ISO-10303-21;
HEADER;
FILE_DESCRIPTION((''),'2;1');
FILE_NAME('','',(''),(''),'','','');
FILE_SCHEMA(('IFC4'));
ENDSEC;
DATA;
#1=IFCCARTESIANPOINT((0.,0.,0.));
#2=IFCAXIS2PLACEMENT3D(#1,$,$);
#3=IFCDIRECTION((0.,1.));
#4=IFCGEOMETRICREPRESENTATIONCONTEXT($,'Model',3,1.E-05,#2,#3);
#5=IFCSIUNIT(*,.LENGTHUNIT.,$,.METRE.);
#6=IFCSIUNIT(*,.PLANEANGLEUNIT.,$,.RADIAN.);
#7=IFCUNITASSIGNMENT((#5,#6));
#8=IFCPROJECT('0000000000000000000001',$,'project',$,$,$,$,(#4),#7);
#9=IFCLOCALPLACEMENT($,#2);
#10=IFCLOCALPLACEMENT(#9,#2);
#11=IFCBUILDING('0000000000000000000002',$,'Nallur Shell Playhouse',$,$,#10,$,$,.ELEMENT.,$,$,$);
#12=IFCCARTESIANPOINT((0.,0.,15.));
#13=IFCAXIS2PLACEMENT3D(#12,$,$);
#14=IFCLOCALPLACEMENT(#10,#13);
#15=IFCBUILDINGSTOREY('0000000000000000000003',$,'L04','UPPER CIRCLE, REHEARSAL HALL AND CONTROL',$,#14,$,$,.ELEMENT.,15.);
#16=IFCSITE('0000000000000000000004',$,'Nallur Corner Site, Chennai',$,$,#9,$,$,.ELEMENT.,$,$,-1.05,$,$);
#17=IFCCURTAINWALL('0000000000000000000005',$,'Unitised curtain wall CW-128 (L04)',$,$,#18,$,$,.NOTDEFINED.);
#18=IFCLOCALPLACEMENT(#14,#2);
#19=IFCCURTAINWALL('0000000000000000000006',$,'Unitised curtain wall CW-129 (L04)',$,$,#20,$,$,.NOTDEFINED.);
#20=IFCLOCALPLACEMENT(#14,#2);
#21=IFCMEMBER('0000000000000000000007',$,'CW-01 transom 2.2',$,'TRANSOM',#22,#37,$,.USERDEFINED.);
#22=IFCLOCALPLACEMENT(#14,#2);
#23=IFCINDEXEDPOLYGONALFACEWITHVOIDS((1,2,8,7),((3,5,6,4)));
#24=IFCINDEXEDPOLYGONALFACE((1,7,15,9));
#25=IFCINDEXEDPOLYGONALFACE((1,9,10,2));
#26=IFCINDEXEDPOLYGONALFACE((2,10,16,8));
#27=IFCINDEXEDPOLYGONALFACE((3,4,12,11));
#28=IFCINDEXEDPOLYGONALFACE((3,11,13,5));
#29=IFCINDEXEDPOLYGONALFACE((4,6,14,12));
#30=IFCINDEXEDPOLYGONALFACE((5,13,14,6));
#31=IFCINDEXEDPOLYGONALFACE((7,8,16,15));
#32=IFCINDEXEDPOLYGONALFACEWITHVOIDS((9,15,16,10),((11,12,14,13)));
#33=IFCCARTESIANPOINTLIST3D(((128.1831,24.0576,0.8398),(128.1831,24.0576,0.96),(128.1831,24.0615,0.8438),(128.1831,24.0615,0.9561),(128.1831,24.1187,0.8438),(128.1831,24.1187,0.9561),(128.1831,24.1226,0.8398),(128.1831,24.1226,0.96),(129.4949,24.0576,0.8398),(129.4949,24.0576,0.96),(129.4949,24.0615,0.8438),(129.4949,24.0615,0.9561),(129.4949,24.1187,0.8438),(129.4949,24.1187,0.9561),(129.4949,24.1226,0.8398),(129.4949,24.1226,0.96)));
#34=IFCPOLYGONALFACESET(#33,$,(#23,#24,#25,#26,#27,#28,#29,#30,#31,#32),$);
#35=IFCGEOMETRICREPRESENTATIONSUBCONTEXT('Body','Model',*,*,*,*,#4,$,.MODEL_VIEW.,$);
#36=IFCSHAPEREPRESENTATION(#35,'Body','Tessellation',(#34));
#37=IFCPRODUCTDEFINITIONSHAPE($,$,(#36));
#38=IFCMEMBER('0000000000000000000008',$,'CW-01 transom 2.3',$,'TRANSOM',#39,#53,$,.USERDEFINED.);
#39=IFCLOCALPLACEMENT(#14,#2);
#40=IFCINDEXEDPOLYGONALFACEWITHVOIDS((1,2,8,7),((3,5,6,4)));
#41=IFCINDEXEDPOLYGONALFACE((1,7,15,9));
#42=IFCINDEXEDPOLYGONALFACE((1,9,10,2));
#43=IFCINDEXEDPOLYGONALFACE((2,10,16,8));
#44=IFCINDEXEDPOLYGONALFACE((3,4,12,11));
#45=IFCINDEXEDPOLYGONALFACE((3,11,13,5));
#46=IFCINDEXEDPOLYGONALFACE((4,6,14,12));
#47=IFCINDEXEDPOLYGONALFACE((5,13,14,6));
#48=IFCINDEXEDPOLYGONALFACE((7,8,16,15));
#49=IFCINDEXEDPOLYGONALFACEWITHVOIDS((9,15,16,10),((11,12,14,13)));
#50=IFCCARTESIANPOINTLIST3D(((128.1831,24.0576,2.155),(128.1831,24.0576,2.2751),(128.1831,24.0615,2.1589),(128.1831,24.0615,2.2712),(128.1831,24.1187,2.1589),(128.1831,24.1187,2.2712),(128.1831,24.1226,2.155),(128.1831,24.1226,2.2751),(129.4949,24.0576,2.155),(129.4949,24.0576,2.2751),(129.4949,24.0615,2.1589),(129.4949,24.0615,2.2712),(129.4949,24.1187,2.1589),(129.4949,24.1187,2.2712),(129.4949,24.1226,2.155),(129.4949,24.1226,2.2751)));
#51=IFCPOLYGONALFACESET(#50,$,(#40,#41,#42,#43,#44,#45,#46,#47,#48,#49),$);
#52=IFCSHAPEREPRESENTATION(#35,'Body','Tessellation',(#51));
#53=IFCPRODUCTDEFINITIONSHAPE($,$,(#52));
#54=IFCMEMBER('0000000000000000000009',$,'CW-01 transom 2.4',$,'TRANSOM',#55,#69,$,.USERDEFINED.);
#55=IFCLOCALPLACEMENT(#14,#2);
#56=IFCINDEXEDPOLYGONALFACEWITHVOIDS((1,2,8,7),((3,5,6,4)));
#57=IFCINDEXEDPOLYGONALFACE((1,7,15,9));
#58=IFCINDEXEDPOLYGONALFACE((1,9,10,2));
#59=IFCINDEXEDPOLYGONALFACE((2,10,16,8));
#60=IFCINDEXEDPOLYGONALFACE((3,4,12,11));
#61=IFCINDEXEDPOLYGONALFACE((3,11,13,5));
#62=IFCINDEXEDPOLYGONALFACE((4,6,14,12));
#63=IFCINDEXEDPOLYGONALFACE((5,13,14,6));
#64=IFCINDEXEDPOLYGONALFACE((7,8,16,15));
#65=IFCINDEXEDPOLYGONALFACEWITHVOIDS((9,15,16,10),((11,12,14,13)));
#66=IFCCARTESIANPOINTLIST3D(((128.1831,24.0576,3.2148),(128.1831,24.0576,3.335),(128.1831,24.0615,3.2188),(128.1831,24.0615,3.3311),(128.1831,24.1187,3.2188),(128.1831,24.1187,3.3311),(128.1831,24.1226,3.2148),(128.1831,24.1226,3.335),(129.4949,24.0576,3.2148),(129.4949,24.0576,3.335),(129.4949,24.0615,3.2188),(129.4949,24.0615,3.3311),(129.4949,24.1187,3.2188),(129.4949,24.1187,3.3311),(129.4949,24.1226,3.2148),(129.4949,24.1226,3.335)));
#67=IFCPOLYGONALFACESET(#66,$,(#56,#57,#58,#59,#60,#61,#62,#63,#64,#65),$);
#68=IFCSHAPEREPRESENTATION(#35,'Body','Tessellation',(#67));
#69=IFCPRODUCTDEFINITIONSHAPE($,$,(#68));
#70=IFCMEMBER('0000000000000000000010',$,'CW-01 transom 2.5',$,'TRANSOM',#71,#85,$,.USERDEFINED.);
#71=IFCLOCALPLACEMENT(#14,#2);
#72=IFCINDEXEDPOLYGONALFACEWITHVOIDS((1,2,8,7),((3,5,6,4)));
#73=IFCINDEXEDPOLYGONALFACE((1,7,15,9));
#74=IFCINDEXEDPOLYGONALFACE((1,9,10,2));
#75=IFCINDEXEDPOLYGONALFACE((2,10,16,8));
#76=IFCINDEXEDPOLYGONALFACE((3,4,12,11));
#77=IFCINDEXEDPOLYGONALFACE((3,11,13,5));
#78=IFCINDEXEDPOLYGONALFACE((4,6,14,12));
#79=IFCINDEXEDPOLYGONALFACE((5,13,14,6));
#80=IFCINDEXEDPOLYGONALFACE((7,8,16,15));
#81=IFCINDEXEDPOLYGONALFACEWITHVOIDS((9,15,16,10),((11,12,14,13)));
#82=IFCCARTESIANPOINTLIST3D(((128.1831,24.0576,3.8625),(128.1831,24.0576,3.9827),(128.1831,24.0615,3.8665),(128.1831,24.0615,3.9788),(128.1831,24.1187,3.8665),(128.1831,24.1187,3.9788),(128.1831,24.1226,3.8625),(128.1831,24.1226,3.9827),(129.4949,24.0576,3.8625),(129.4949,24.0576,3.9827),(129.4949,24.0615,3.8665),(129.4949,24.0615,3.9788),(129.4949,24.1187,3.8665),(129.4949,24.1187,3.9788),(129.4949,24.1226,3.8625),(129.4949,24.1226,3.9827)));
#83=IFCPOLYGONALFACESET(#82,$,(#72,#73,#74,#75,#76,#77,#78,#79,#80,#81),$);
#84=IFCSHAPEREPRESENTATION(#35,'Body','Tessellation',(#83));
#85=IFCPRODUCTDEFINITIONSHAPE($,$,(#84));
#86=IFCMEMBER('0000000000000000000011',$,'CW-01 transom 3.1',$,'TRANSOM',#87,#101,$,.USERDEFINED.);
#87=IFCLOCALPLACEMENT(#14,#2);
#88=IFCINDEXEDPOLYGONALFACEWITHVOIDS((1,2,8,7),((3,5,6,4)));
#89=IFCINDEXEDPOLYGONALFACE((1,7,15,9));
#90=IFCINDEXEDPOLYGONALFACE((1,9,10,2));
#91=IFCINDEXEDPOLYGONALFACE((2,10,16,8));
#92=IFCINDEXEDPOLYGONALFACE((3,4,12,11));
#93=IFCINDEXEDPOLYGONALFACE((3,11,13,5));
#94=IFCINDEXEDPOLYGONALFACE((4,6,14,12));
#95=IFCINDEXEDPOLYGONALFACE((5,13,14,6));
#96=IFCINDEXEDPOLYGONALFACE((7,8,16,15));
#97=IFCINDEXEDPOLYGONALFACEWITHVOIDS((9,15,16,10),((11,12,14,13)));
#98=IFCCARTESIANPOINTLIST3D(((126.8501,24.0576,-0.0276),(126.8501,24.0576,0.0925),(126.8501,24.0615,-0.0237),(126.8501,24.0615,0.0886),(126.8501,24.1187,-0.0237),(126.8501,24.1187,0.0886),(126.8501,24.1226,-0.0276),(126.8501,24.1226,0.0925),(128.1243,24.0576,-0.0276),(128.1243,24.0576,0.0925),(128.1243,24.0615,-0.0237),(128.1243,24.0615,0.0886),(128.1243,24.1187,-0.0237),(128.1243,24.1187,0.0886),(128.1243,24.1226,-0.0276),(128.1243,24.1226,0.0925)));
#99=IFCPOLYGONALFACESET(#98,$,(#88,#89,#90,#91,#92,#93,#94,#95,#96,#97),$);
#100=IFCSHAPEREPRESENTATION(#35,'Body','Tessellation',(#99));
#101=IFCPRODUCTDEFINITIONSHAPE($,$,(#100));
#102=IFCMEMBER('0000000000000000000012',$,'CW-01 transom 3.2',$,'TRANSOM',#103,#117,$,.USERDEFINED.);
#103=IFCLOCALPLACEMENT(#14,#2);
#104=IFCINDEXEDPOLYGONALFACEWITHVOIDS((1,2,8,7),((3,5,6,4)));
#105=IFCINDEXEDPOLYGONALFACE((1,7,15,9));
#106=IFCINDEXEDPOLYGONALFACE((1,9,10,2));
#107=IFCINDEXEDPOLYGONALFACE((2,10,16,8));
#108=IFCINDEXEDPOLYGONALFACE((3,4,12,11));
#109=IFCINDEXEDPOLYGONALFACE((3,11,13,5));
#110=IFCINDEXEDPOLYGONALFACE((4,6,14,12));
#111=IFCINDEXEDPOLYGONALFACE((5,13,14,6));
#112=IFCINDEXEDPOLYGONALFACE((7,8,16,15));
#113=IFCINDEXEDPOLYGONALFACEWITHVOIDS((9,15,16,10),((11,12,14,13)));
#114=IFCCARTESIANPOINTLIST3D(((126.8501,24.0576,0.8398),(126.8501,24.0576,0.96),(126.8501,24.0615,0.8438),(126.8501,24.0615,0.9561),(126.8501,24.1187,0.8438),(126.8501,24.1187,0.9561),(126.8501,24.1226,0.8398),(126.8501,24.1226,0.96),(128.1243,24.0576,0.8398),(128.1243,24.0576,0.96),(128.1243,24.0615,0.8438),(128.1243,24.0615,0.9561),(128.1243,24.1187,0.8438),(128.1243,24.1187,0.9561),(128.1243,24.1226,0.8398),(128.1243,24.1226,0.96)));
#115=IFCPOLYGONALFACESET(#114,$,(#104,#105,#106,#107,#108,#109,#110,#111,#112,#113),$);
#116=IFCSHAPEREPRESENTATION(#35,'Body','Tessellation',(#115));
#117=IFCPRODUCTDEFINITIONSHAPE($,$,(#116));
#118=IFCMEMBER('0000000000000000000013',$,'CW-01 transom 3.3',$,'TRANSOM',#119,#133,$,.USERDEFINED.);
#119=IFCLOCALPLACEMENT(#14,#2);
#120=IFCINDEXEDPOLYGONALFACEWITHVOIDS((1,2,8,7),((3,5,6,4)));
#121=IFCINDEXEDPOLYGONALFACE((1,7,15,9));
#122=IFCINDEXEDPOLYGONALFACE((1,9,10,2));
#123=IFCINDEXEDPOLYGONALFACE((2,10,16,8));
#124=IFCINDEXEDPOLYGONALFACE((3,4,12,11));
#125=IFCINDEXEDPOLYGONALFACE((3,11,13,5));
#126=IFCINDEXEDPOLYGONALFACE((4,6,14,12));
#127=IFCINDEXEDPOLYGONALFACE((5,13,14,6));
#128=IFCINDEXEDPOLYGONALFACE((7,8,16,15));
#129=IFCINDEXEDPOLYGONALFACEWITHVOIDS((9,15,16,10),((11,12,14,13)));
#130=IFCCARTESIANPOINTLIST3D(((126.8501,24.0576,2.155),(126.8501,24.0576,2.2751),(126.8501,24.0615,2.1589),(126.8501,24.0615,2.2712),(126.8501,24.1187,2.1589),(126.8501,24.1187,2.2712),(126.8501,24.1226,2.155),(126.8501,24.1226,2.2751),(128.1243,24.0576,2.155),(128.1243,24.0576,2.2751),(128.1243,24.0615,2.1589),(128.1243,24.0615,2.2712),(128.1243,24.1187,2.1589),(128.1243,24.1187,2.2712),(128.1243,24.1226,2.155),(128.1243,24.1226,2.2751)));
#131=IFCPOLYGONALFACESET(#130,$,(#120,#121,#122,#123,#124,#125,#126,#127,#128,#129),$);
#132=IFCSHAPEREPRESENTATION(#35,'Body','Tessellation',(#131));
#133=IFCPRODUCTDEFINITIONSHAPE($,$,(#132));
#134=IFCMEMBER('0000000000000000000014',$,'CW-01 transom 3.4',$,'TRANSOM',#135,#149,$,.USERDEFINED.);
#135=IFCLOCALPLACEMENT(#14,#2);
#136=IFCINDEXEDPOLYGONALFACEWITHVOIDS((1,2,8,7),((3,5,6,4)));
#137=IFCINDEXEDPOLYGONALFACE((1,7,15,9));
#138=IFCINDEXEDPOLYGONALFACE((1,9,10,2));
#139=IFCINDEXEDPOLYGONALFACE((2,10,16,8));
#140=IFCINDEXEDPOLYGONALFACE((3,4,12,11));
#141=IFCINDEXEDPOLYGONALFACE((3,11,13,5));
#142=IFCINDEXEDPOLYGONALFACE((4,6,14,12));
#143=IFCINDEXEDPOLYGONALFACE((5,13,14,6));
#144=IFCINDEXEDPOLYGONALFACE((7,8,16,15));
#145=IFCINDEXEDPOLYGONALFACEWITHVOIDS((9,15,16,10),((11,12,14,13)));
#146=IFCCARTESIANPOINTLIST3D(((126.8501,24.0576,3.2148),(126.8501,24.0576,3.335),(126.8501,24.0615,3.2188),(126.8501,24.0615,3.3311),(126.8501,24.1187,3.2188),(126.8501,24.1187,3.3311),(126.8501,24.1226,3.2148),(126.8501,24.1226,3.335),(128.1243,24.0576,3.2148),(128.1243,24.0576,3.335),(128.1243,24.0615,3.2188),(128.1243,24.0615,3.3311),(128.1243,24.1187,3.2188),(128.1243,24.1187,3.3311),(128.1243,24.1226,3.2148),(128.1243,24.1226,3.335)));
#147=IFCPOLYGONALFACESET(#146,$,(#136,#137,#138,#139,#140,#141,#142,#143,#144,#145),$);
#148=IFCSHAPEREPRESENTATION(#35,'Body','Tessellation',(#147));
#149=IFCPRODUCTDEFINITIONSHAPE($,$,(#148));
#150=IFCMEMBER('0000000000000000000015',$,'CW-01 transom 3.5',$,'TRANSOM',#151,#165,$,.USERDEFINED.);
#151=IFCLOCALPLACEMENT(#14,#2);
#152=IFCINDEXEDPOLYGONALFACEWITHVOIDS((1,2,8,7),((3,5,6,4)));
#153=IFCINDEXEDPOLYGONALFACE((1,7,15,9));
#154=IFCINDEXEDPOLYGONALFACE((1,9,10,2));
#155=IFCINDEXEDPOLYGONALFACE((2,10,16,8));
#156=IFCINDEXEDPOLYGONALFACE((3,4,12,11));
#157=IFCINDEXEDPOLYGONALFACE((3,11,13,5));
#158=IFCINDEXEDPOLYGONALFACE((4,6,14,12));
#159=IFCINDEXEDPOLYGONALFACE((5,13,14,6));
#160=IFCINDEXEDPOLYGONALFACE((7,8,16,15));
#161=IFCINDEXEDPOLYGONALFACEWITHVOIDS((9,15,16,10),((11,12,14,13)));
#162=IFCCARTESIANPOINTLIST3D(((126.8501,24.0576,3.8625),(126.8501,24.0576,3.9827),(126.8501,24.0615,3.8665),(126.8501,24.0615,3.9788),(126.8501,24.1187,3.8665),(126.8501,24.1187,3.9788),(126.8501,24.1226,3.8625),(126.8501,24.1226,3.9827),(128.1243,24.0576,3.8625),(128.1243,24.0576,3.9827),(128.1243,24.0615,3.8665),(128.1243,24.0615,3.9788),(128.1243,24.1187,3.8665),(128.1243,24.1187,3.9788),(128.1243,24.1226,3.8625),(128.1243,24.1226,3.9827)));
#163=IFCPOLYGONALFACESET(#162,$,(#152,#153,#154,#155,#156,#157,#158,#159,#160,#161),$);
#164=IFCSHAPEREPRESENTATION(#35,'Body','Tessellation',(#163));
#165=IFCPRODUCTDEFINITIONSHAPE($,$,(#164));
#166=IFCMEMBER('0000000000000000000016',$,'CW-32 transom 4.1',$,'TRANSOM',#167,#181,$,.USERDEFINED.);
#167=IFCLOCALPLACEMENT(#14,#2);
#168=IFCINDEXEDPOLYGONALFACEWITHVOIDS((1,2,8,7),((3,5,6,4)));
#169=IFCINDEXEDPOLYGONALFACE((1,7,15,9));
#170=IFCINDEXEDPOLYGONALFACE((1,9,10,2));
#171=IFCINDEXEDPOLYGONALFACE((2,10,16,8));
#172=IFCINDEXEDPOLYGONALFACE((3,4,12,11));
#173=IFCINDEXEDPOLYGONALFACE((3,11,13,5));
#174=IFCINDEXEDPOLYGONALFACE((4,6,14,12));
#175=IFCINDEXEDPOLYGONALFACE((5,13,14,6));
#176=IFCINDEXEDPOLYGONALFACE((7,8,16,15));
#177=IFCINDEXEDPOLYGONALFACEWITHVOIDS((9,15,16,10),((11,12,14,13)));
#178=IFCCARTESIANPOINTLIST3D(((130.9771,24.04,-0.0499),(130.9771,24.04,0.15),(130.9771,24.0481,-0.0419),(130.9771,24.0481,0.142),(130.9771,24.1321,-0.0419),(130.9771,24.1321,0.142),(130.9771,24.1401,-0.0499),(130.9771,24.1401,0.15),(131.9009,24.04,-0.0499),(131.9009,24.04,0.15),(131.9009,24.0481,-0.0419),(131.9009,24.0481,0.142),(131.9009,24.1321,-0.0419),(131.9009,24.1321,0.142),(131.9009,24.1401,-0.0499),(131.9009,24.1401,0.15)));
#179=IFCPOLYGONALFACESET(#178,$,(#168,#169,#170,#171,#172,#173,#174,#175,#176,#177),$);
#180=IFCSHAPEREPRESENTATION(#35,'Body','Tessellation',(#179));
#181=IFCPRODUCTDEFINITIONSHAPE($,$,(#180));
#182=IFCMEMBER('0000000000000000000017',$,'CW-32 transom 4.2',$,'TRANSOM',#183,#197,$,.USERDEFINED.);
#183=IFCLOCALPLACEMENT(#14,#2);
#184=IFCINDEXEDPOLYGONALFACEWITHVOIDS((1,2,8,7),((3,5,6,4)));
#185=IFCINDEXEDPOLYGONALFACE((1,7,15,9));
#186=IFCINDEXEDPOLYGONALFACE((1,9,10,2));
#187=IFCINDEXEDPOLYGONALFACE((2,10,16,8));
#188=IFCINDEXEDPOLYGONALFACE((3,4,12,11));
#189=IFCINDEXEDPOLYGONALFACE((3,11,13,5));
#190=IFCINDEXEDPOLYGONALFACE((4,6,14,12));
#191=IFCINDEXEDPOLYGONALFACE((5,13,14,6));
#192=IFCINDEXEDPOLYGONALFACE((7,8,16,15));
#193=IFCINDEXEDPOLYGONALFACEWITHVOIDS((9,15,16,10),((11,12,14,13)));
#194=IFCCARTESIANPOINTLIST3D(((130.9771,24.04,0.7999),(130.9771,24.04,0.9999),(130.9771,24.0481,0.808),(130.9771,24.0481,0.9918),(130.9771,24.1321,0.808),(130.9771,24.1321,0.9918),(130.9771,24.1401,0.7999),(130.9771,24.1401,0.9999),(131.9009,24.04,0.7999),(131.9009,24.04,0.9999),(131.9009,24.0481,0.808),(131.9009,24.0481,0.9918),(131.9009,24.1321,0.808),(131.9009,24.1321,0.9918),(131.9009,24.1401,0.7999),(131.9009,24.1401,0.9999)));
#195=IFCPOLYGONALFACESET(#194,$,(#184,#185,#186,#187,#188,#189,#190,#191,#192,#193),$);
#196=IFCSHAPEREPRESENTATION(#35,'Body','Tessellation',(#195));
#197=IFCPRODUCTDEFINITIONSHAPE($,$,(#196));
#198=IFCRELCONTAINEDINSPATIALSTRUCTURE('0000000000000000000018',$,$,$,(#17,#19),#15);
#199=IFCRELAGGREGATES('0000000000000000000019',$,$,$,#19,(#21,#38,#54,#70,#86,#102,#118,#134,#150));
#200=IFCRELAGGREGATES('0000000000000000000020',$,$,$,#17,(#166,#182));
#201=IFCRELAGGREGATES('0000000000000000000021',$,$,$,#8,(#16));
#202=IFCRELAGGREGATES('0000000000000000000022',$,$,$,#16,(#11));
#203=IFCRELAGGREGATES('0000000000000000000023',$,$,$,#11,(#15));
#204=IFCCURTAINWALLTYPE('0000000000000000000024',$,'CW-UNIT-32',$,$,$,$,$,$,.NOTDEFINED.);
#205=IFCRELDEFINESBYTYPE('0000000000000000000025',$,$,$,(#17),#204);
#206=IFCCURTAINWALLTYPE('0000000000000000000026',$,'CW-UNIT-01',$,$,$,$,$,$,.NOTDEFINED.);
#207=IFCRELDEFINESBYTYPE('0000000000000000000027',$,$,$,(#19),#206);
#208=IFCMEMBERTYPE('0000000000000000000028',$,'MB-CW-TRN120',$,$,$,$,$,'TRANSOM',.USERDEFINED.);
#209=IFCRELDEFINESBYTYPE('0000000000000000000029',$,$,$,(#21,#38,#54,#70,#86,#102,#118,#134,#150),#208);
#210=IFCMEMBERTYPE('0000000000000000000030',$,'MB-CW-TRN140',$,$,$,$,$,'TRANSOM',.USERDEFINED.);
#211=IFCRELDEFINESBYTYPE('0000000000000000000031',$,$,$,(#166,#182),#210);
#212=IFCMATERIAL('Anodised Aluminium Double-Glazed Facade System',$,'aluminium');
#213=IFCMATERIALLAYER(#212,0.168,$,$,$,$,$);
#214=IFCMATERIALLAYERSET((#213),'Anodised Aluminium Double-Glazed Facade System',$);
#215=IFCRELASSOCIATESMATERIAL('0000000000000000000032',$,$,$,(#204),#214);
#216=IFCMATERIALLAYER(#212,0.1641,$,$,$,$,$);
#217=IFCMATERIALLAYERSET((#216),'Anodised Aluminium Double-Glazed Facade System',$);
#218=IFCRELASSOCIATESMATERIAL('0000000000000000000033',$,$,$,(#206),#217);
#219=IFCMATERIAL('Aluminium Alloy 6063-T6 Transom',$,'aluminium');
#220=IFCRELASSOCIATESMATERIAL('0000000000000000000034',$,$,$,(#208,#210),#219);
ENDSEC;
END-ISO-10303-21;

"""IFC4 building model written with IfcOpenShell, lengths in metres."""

from ifc_helpers import new_model, si_unit, direction, frame, origin, origin_2d, place, context, subcontext, project, spatial, hollow_rectangle, extrude, material, layer, layer_set, material_profile, profile_set, type_object, element, aggregate, save


model = new_model("IFC4")

# Units and contexts
model_context = context("Model", 3, precision=1e-05, world=origin(), true_north=direction((0.0, 1.0)))
body_context = subcontext(model_context, "Body", "Model", "MODEL_VIEW")
ifc_project = project(units=[si_unit("LENGTHUNIT", "METRE"), si_unit("PLANEANGLEUNIT", "RADIAN")], contexts=[model_context])

# Site, building, storey
site_placement = place(None, origin())
site = spatial("IfcSite", under=ifc_project, at=site_placement, Name="Nallur Corner Site, Chennai", CompositionType="ELEMENT", RefElevation=-1.05)
building_placement = place(site_placement, origin())
building = spatial("IfcBuilding", under=site, at=building_placement, Name="Nallur Shell Playhouse", CompositionType="ELEMENT")
storey_placement = place(building_placement, frame((0.0, 0.0, 15.0)))
storey = spatial("IfcBuildingStorey", under=building, at=storey_placement, Name="L04", Description="UPPER CIRCLE, REHEARSAL HALL AND CONTROL", CompositionType="ELEMENT", Elevation=15.0)

# Curtain wall
ifc_material_1 = material(Name="Anodised Aluminium Double-Glazed Facade System", Category="aluminium")
ifc_layer_1 = layer(ifc_material_1, 0.168)
ifc_layer_set_1 = layer_set([ifc_layer_1], Name="Anodised Aluminium Double-Glazed Facade System")
curtain_wall_type_1 = type_object("IfcCurtainWallType", Name="CW-UNIT-32", PredefinedType="NOTDEFINED", material=ifc_layer_set_1)
curtain_wall_1_placement = place(storey_placement, origin())
curtain_wall_1 = element("IfcCurtainWall", 1, at=curtain_wall_1_placement, inside=storey, type_object=curtain_wall_type_1, Name="Unitised curtain wall CW-128 (L04)", PredefinedType="NOTDEFINED")

# Curtain wall, members
ifc_layer_2 = layer(ifc_material_1, 0.1641)
ifc_layer_set_2 = layer_set([ifc_layer_2], Name="Anodised Aluminium Double-Glazed Facade System")
curtain_wall_type_2 = type_object("IfcCurtainWallType", Name="CW-UNIT-01", PredefinedType="NOTDEFINED", material=ifc_layer_set_2)
curtain_wall_2_placement = place(storey_placement, origin())
curtain_wall_2 = element("IfcCurtainWall", 2, at=curtain_wall_2_placement, inside=storey, type_object=curtain_wall_type_2, Name="Unitised curtain wall CW-129 (L04)", PredefinedType="NOTDEFINED")
ifc_material_2 = material(Name="Aluminium Alloy 6063-T6 Transom", Category="aluminium")
ifc_material_profile_1 = material_profile(ifc_material_2, hollow_rectangle(XDim=0.0649, YDim=0.1201, WallThickness=0.0039, at=origin_2d()), Name="ALU 65x120x4")
ifc_profile_set_1 = profile_set([ifc_material_profile_1], Name="Aluminium Alloy 6063-T6 Transom")
member_type_1 = type_object("IfcMemberType", Name="MB-CW-TRN120", ElementType="TRANSOM", PredefinedType="USERDEFINED", material=ifc_profile_set_1)
member_1_placement = place(storey_placement, frame((129.4949, 24.0901, 0.8999), z_axis=(-1.0, 0.0, 0.0), x_axis=(0.0, -1.0, 0.0)))
member_1 = element("IfcMember", 3, at=member_1_placement, type_object=member_type_1, Name="CW-01 transom 2.2", ObjectType="TRANSOM", PredefinedType="USERDEFINED", context=body_context, shape_type="SweptSolid", body=[
    extrude(hollow_rectangle(XDim=0.0649, YDim=0.1201, WallThickness=0.0039, at=origin_2d()), origin(), (0.0, 0.0, 1.0), 1.3118),
])
member_2_placement = place(storey_placement, frame((129.4949, 24.0901, 2.2151), z_axis=(-1.0, 0.0, 0.0), x_axis=(0.0, -1.0, 0.0)))
member_2 = element("IfcMember", 4, at=member_2_placement, type_object=member_type_1, Name="CW-01 transom 2.3", ObjectType="TRANSOM", PredefinedType="USERDEFINED", context=body_context, shape_type="SweptSolid", body=[
    extrude(hollow_rectangle(XDim=0.0649, YDim=0.1201, WallThickness=0.0039, at=origin_2d()), origin(), (0.0, 0.0, 1.0), 1.3118),
])
member_3_placement = place(storey_placement, frame((129.4949, 24.0901, 3.2749), z_axis=(-1.0, 0.0, 0.0), x_axis=(0.0, -1.0, 0.0)))
member_3 = element("IfcMember", 5, at=member_3_placement, type_object=member_type_1, Name="CW-01 transom 2.4", ObjectType="TRANSOM", PredefinedType="USERDEFINED", context=body_context, shape_type="SweptSolid", body=[
    extrude(hollow_rectangle(XDim=0.0649, YDim=0.1201, WallThickness=0.0039, at=origin_2d()), origin(), (0.0, 0.0, 1.0), 1.3118),
])
member_4_placement = place(storey_placement, frame((129.4949, 24.0901, 3.9226), z_axis=(-1.0, 0.0, 0.0), x_axis=(0.0, -1.0, 0.0)))
member_4 = element("IfcMember", 6, at=member_4_placement, type_object=member_type_1, Name="CW-01 transom 2.5", ObjectType="TRANSOM", PredefinedType="USERDEFINED", context=body_context, shape_type="SweptSolid", body=[
    extrude(hollow_rectangle(XDim=0.0649, YDim=0.1201, WallThickness=0.0039, at=origin_2d()), origin(), (0.0, 0.0, 1.0), 1.3118),
])
member_5_placement = place(storey_placement, frame((128.1243, 24.0901, 0.0325), z_axis=(-1.0, 0.0, 0.0), x_axis=(0.0, -1.0, 0.0)))
member_5 = element("IfcMember", 7, at=member_5_placement, type_object=member_type_1, Name="CW-01 transom 3.1", ObjectType="TRANSOM", PredefinedType="USERDEFINED", context=body_context, shape_type="SweptSolid", body=[
    extrude(hollow_rectangle(XDim=0.0649, YDim=0.1201, WallThickness=0.0039, at=origin_2d()), origin(), (0.0, 0.0, 1.0), 1.2742),
])
member_6_placement = place(storey_placement, frame((128.1243, 24.0901, 0.8999), z_axis=(-1.0, 0.0, 0.0), x_axis=(0.0, -1.0, 0.0)))
member_6 = element("IfcMember", 8, at=member_6_placement, type_object=member_type_1, Name="CW-01 transom 3.2", ObjectType="TRANSOM", PredefinedType="USERDEFINED", context=body_context, shape_type="SweptSolid", body=[
    extrude(hollow_rectangle(XDim=0.0649, YDim=0.1201, WallThickness=0.0039, at=origin_2d()), origin(), (0.0, 0.0, 1.0), 1.2742),
])
member_7_placement = place(storey_placement, frame((128.1243, 24.0901, 2.2151), z_axis=(-1.0, 0.0, 0.0), x_axis=(0.0, -1.0, 0.0)))
member_7 = element("IfcMember", 9, at=member_7_placement, type_object=member_type_1, Name="CW-01 transom 3.3", ObjectType="TRANSOM", PredefinedType="USERDEFINED", context=body_context, shape_type="SweptSolid", body=[
    extrude(hollow_rectangle(XDim=0.0649, YDim=0.1201, WallThickness=0.0039, at=origin_2d()), origin(), (0.0, 0.0, 1.0), 1.2742),
])
member_8_placement = place(storey_placement, frame((128.1243, 24.0901, 3.2749), z_axis=(-1.0, 0.0, 0.0), x_axis=(0.0, -1.0, 0.0)))
member_8 = element("IfcMember", 10, at=member_8_placement, type_object=member_type_1, Name="CW-01 transom 3.4", ObjectType="TRANSOM", PredefinedType="USERDEFINED", context=body_context, shape_type="SweptSolid", body=[
    extrude(hollow_rectangle(XDim=0.0649, YDim=0.1201, WallThickness=0.0039, at=origin_2d()), origin(), (0.0, 0.0, 1.0), 1.2742),
])
member_9_placement = place(storey_placement, frame((128.1243, 24.0901, 3.9226), z_axis=(-1.0, 0.0, 0.0), x_axis=(0.0, -1.0, 0.0)))
member_9 = element("IfcMember", 11, at=member_9_placement, type_object=member_type_1, Name="CW-01 transom 3.5", ObjectType="TRANSOM", PredefinedType="USERDEFINED", context=body_context, shape_type="SweptSolid", body=[
    extrude(hollow_rectangle(XDim=0.0649, YDim=0.1201, WallThickness=0.0039, at=origin_2d()), origin(), (0.0, 0.0, 1.0), 1.2742),
])

# Members
ifc_material_profile_2 = material_profile(ifc_material_2, hollow_rectangle(XDim=0.1001, YDim=0.2, WallThickness=0.0081, at=origin_2d()), Name="RHS 200x100x8")
ifc_profile_set_2 = profile_set([ifc_material_profile_2], Name="Aluminium Alloy 6063-T6 Transom")
member_type_2 = type_object("IfcMemberType", Name="MB-CW-TRN140", ElementType="TRANSOM", PredefinedType="USERDEFINED", material=ifc_profile_set_2)
member_10_placement = place(storey_placement, frame((131.9009, 24.0901, 0.05), z_axis=(-1.0, 0.0, 0.0), x_axis=(0.0, -1.0, 0.0)))
member_10 = element("IfcMember", 12, at=member_10_placement, type_object=member_type_2, Name="CW-32 transom 4.1", ObjectType="TRANSOM", PredefinedType="USERDEFINED", context=body_context, shape_type="SweptSolid", body=[
    extrude(hollow_rectangle(XDim=0.1001, YDim=0.2, WallThickness=0.0081, at=origin_2d()), origin(), (0.0, 0.0, 1.0), 0.9238),
])
member_11_placement = place(storey_placement, frame((131.9009, 24.0901, 0.8999), z_axis=(-1.0, 0.0, 0.0), x_axis=(0.0, -1.0, 0.0)))
member_11 = element("IfcMember", 13, at=member_11_placement, type_object=member_type_2, Name="CW-32 transom 4.2", ObjectType="TRANSOM", PredefinedType="USERDEFINED", context=body_context, shape_type="SweptSolid", body=[
    extrude(hollow_rectangle(XDim=0.1001, YDim=0.2, WallThickness=0.0081, at=origin_2d()), origin(), (0.0, 0.0, 1.0), 0.9238),
])

aggregate(curtain_wall_2, [member_1, member_2, member_3, member_4, member_5, member_6, member_7, member_8, member_9])
aggregate(curtain_wall_1, [member_10, member_11])

save(model, "model.ifc")
